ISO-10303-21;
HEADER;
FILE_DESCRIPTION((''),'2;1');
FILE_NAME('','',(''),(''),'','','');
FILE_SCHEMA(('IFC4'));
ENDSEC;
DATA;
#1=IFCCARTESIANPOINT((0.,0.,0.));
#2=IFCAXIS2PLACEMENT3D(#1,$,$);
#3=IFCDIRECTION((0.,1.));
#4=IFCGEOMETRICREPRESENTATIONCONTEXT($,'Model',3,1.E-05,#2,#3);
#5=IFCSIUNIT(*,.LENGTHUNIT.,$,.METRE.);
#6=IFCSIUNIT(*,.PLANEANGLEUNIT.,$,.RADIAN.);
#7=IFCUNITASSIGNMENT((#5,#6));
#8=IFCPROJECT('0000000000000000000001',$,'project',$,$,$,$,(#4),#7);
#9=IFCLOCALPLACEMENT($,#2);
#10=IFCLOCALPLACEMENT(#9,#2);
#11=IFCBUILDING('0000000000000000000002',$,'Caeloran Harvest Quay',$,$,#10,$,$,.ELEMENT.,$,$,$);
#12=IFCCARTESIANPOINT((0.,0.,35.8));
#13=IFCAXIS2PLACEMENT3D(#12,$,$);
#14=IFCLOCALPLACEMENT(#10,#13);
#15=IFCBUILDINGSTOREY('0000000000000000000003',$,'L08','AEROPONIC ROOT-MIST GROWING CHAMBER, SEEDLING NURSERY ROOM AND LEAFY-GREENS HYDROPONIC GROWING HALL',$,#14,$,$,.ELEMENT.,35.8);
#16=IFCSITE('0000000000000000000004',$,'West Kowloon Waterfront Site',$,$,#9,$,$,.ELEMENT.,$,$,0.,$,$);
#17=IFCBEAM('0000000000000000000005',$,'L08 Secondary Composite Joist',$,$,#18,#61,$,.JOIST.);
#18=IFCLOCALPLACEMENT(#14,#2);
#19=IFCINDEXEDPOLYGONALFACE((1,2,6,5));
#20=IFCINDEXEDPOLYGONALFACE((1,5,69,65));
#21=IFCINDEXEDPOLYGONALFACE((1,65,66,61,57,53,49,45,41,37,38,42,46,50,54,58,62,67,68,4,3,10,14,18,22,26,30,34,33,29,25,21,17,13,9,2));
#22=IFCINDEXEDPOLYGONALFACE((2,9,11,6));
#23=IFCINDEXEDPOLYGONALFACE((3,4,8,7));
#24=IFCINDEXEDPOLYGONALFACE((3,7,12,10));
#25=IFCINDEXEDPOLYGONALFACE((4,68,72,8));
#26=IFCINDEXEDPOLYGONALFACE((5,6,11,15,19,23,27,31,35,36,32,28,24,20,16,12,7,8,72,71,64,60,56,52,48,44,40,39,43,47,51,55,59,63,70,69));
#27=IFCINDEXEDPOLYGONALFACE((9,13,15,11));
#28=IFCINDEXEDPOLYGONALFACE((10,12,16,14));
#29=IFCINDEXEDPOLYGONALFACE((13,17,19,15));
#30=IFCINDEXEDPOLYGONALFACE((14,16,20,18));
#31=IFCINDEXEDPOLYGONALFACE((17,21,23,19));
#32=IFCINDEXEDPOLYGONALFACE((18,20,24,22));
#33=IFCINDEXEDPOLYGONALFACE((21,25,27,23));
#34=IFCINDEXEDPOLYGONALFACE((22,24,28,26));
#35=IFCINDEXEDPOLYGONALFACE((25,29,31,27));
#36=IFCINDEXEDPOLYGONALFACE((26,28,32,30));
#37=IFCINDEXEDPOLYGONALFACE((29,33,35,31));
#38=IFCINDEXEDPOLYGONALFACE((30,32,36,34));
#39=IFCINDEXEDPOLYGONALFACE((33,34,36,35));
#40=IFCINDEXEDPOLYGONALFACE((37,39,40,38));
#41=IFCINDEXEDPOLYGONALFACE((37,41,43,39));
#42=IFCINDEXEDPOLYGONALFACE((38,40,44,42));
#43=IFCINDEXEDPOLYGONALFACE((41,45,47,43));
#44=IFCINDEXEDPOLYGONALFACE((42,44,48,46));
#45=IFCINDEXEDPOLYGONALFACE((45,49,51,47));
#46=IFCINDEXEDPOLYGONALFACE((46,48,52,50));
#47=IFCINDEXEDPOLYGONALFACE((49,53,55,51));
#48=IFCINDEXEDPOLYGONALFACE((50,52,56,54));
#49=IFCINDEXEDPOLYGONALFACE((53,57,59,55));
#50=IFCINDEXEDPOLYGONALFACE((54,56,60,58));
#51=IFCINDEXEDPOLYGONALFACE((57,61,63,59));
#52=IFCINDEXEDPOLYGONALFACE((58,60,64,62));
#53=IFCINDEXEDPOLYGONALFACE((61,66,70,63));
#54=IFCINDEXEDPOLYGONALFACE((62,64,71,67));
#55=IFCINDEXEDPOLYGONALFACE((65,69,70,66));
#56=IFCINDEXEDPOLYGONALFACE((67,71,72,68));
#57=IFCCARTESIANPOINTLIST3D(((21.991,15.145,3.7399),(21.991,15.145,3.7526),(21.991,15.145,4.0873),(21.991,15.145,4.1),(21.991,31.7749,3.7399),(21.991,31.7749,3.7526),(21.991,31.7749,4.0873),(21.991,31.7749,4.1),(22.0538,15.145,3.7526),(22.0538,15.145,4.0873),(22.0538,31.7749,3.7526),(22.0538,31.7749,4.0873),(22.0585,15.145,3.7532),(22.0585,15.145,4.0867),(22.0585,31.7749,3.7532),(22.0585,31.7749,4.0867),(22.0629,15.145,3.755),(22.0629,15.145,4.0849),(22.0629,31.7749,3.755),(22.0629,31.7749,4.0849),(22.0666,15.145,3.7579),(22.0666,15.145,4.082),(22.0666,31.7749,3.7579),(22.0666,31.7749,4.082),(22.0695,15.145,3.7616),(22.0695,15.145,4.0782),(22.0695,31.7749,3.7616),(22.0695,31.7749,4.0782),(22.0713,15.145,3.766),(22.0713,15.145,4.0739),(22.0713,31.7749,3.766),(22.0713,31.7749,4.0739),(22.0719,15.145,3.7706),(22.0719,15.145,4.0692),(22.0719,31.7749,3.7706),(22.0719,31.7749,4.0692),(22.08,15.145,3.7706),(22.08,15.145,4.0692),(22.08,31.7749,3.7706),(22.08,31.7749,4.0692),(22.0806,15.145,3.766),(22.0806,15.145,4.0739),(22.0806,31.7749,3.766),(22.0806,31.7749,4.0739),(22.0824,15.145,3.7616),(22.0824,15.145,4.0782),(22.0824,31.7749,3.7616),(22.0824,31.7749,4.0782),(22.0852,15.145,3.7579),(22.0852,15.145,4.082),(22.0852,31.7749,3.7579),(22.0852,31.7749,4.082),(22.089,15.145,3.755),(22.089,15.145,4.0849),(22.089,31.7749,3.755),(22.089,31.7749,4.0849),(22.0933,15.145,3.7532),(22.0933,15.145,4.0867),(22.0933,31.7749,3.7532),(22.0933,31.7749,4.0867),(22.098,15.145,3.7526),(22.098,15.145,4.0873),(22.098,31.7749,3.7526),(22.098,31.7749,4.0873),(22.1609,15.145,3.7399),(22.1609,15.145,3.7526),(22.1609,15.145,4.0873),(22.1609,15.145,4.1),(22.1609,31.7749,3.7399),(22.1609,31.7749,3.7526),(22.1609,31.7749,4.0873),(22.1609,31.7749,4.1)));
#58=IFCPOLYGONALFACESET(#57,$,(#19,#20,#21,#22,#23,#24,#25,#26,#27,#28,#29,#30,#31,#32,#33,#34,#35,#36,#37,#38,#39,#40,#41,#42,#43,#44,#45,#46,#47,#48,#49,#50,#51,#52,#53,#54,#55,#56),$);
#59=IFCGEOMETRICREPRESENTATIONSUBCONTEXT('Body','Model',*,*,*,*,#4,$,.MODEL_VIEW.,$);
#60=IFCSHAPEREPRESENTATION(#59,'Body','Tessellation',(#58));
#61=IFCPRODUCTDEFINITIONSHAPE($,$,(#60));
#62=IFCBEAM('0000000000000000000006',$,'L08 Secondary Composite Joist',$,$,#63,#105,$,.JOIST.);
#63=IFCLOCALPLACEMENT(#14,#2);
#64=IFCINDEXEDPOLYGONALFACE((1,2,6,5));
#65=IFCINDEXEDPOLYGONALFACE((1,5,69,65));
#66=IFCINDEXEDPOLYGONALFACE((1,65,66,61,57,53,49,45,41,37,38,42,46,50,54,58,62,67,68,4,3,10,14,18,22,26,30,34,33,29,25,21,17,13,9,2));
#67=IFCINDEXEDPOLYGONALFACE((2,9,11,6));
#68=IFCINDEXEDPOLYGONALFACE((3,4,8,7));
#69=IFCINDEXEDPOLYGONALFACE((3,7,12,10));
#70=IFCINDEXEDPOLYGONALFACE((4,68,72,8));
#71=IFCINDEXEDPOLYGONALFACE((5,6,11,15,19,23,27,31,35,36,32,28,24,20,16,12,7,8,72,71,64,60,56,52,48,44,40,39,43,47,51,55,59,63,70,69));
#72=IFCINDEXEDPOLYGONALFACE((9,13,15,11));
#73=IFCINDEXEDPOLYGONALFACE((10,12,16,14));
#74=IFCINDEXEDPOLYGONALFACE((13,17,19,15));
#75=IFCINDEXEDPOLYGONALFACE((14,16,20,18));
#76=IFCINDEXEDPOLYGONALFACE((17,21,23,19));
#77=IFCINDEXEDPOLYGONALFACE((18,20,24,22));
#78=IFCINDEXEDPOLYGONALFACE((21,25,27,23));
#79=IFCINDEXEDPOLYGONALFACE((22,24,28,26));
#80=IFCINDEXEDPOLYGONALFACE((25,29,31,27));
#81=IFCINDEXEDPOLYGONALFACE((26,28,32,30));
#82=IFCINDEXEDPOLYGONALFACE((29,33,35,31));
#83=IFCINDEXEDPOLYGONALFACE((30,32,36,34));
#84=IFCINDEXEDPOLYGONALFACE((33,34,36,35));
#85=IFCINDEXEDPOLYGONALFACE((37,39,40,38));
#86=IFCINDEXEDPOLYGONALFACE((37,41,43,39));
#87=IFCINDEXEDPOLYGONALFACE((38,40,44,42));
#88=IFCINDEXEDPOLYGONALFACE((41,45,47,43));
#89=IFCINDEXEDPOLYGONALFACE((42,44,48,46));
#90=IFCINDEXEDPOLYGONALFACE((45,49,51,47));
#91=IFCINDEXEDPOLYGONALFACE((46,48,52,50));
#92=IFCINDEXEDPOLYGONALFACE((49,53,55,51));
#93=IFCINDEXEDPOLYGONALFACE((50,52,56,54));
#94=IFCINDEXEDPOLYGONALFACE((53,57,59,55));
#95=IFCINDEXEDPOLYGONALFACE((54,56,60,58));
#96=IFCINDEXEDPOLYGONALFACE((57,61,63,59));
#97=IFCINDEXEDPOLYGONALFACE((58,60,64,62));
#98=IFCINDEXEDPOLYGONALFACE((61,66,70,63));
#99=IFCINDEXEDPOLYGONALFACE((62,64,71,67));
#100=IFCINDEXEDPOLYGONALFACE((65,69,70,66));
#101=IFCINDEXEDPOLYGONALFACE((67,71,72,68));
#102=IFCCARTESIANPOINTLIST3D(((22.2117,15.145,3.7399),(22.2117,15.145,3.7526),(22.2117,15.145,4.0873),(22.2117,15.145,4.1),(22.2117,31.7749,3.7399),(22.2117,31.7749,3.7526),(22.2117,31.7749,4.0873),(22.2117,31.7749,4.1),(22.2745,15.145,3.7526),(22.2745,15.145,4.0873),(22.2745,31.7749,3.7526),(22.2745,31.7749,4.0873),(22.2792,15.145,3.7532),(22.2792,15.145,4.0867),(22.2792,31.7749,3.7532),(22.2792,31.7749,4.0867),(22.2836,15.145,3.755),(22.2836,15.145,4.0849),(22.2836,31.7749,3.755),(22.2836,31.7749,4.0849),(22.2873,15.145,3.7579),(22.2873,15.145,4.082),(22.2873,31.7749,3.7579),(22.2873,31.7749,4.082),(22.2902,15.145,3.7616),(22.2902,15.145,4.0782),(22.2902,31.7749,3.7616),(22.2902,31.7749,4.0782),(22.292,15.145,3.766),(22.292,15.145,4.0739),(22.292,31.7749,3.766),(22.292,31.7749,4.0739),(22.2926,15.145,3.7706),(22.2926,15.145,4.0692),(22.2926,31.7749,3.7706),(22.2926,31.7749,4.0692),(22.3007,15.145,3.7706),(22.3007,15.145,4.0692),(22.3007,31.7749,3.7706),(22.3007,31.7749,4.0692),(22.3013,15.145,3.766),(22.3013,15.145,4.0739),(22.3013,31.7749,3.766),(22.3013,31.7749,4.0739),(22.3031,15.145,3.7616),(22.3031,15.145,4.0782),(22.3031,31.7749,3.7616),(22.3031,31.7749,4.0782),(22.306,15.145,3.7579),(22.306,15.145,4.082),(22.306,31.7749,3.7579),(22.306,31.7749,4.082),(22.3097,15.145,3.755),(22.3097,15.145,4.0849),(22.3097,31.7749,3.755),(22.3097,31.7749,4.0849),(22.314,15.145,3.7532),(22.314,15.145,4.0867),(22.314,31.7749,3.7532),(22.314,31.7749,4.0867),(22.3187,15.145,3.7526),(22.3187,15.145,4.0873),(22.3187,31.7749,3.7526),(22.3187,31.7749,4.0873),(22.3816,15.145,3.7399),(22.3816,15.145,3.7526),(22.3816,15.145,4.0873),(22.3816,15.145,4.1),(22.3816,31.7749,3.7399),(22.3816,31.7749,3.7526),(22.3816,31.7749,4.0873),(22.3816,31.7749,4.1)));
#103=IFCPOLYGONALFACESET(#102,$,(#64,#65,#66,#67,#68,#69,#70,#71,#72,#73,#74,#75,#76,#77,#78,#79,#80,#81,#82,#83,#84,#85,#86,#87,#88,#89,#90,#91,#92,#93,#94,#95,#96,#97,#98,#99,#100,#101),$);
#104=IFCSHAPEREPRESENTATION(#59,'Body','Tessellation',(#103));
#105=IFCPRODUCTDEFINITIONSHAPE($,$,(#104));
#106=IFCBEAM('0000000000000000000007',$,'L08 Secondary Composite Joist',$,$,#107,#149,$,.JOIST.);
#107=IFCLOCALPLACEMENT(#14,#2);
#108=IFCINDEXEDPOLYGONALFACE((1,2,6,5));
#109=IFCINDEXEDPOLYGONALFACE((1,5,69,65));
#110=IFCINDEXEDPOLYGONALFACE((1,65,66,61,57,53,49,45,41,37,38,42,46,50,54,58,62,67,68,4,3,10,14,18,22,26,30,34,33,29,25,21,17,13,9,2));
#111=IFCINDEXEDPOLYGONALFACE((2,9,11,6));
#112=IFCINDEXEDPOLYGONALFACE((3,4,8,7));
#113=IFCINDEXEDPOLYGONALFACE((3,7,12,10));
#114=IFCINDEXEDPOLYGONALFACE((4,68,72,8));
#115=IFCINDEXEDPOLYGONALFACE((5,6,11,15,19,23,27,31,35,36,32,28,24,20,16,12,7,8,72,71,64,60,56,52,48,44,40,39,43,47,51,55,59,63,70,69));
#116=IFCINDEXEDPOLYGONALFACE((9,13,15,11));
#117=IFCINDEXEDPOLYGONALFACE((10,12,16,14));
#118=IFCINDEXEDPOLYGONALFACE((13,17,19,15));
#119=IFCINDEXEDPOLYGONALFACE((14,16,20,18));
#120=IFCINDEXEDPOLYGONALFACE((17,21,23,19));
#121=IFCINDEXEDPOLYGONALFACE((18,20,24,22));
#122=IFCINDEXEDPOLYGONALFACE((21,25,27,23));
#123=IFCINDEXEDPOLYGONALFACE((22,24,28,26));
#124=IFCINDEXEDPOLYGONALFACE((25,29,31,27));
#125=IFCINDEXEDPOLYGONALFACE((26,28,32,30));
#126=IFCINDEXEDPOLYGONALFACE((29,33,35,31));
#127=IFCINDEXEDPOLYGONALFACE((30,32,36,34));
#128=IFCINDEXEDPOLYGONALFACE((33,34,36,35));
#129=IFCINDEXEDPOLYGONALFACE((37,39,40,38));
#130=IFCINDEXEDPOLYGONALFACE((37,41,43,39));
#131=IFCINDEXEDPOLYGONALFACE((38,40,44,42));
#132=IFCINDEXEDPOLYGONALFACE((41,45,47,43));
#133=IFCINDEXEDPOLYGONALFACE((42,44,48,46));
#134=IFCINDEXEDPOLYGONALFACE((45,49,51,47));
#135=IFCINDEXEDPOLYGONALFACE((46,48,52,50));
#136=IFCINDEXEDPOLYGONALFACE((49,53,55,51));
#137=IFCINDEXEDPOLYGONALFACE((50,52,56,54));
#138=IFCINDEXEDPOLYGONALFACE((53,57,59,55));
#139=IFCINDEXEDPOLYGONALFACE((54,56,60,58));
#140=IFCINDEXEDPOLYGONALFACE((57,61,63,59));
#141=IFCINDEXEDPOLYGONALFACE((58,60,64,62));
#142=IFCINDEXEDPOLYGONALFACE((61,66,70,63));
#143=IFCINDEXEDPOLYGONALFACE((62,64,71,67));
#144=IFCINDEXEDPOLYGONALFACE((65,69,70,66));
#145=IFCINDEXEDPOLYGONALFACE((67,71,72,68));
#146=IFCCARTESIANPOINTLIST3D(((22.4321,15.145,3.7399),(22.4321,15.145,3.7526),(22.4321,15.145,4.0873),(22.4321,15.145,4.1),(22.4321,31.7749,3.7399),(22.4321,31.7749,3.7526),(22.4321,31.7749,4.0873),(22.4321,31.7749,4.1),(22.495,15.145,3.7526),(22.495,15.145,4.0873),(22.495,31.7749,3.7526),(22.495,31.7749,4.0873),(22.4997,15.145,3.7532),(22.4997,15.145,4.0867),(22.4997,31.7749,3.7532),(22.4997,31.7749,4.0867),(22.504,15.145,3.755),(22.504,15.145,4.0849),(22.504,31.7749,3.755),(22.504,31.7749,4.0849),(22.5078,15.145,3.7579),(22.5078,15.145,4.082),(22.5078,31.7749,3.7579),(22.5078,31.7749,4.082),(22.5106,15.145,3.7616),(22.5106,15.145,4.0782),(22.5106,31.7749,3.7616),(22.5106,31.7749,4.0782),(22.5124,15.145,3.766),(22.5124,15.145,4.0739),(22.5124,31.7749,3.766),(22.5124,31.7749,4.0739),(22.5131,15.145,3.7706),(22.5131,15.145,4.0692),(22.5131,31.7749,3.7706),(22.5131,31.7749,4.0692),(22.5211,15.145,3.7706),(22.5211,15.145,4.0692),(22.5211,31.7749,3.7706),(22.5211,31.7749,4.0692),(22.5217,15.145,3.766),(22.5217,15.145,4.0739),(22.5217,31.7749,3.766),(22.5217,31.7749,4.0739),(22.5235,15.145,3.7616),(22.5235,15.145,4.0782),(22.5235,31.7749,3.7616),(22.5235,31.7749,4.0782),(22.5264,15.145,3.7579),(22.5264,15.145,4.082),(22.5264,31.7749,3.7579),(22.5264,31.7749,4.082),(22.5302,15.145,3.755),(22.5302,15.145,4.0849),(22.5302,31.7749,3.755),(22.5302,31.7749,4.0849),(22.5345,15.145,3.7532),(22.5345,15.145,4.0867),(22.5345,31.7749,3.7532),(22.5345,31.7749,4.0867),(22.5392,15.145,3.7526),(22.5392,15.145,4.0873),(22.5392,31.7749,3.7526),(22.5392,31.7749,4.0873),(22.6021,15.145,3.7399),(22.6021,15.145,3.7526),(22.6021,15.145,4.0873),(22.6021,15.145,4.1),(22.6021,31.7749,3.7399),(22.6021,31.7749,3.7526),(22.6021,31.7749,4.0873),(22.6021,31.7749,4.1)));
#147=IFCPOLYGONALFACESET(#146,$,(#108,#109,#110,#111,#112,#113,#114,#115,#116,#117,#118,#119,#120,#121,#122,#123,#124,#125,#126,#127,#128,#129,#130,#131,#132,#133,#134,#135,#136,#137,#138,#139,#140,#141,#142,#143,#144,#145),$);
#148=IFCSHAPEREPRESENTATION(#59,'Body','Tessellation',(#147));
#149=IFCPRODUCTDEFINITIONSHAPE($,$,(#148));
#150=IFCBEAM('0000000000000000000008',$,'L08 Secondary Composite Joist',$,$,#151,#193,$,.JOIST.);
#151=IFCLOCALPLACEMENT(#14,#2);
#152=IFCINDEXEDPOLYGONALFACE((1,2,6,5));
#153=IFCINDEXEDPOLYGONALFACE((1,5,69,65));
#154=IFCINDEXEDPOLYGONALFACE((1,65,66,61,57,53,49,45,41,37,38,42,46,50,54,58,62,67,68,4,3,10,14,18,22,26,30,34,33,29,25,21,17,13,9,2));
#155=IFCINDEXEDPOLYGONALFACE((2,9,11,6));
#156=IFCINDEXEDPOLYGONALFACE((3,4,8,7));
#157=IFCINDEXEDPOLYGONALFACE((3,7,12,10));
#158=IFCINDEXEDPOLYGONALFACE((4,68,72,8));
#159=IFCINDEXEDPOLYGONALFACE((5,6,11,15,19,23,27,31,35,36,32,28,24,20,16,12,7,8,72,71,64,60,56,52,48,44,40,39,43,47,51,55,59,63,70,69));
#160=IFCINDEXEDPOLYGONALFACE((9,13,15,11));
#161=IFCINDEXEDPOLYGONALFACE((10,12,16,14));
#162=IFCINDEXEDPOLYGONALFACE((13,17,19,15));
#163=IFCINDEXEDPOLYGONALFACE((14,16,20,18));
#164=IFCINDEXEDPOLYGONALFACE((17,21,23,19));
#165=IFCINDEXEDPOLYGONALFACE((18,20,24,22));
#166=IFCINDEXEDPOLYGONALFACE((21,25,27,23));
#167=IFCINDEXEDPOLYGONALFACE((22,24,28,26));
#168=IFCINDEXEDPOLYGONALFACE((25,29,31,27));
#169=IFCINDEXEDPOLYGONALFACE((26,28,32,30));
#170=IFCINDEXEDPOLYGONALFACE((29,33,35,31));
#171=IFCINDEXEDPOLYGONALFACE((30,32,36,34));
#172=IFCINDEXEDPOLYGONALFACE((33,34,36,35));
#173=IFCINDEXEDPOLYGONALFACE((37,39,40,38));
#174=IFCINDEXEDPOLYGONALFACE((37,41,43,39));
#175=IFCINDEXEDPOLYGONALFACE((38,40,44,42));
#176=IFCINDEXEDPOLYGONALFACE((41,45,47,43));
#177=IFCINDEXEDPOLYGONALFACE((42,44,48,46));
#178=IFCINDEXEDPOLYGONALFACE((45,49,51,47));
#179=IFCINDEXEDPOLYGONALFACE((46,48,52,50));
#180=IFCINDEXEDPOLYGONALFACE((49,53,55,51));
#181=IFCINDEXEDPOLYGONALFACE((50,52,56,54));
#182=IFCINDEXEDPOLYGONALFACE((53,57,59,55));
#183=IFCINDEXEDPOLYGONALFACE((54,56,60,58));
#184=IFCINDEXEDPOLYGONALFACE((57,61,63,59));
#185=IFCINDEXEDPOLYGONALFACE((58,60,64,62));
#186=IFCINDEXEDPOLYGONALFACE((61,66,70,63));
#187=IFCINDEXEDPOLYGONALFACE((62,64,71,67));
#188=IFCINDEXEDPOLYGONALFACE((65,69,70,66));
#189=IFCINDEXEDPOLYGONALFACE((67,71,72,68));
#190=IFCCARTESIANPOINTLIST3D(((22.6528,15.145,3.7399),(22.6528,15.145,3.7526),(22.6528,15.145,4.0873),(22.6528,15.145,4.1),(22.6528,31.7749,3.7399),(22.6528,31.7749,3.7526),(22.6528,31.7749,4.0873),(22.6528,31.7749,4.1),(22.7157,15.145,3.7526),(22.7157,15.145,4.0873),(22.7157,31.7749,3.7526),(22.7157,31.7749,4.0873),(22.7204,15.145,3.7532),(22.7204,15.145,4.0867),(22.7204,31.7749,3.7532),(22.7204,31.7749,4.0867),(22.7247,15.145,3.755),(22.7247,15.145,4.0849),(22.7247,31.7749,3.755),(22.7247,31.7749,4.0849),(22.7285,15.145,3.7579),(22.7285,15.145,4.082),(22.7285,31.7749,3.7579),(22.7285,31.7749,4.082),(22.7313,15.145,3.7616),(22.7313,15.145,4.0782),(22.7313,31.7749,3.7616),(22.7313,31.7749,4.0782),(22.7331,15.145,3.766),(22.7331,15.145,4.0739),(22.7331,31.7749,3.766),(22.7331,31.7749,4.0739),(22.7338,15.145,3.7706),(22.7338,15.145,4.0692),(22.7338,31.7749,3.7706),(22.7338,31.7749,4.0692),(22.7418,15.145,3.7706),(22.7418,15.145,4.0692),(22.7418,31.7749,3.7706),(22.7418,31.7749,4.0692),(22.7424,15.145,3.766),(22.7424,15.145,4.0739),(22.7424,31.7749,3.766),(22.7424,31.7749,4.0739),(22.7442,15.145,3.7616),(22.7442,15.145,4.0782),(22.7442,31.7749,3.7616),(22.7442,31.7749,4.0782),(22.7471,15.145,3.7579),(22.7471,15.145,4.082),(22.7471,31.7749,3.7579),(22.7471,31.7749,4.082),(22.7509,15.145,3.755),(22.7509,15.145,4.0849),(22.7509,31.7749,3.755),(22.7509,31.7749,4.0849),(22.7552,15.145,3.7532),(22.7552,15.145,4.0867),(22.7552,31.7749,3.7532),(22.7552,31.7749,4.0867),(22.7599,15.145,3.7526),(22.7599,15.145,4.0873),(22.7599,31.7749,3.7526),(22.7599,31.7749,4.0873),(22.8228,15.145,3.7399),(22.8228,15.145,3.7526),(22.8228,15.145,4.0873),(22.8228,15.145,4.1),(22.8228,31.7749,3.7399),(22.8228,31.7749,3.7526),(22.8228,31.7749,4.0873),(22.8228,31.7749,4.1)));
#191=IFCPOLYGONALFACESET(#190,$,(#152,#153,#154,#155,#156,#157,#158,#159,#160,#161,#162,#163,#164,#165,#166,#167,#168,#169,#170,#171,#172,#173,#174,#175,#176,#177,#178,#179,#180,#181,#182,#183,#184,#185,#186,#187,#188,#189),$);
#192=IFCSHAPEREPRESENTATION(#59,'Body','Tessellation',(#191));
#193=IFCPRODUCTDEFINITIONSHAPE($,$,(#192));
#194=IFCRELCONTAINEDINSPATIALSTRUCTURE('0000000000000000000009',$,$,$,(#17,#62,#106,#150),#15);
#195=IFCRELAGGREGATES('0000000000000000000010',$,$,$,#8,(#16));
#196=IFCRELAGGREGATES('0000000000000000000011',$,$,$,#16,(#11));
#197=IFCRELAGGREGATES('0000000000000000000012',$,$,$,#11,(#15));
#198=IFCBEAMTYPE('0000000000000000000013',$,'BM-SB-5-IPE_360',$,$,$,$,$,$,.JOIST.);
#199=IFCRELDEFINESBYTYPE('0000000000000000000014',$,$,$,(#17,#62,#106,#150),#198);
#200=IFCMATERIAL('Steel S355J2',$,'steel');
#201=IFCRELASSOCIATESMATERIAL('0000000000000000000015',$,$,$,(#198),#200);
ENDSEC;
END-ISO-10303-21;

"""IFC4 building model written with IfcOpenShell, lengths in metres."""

from ifc_helpers import new_model, si_unit, direction, frame, origin, origin_2d, place, context, subcontext, project, spatial, i_section, extrude, material, material_profile, profile_set, type_object, element, save


model = new_model("IFC4")

# Units and contexts
model_context = context("Model", 3, precision=1e-05, world=origin(), true_north=direction((0.0, 1.0)))
body_context = subcontext(model_context, "Body", "Model", "MODEL_VIEW")
ifc_project = project(units=[si_unit("LENGTHUNIT", "METRE"), si_unit("PLANEANGLEUNIT", "RADIAN")], contexts=[model_context])

# Site, building, storey
site_placement = place(None, origin())
site = spatial("IfcSite", under=ifc_project, at=site_placement, Name="West Kowloon Waterfront Site", CompositionType="ELEMENT", RefElevation=0.0)
building_placement = place(site_placement, origin())
building = spatial("IfcBuilding", under=site, at=building_placement, Name="Caeloran Harvest Quay", CompositionType="ELEMENT")
storey_placement = place(building_placement, frame((0.0, 0.0, 35.8)))
storey = spatial("IfcBuildingStorey", under=building, at=storey_placement, Name="L08", Description="AEROPONIC ROOT-MIST GROWING CHAMBER, SEEDLING NURSERY ROOM AND LEAFY-GREENS HYDROPONIC GROWING HALL", CompositionType="ELEMENT", Elevation=35.8)

# Beams
ifc_material_1 = material(Name="Steel S355J2", Category="steel")
ifc_material_profile_1 = material_profile(ifc_material_1, i_section(OverallWidth=0.1699, OverallDepth=0.3601, WebThickness=0.0081, FlangeThickness=0.0127, FilletRadius=0.0181, at=origin_2d()), Name="IPE 360")
ifc_profile_set_1 = profile_set([ifc_material_profile_1], Name="Steel S355J2")
beam_type_1 = type_object("IfcBeamType", Name="BM-SB-5-IPE_360", PredefinedType="JOIST", material=ifc_profile_set_1)
for number, where, z_axis, x_axis, name in (
    (1, (22.0759, 15.145, 3.9199), (0.0, 1.0, 0.0), (-1.0, 0.0, 0.0), "L08 Secondary Composite Joist"),
    (2, (22.2966, 15.145, 3.9199), (0.0, 1.0, 0.0), (-1.0, 0.0, 0.0), "L08 Secondary Composite Joist"),
    (3, (22.5171, 15.145, 3.9199), (0.0, 1.0, 0.0), (-1.0, 0.0, 0.0), "L08 Secondary Composite Joist"),
    (4, (22.7378, 15.145, 3.9199), (0.0, 1.0, 0.0), (-1.0, 0.0, 0.0), "L08 Secondary Composite Joist"),
):
    element("IfcBeam", number, at=place(storey_placement, frame(where, z_axis=z_axis, x_axis=x_axis)), inside=storey, type_object=beam_type_1, Name=name, PredefinedType="JOIST", context=body_context, shape_type="SweptSolid", body=[
        extrude(i_section(OverallWidth=0.1699, OverallDepth=0.3601, WebThickness=0.0081, FlangeThickness=0.0127, FilletRadius=0.0181, at=origin_2d()), origin(), (0.0, 0.0, 1.0), 16.6299),
    ])

save(model, "model.ifc")
